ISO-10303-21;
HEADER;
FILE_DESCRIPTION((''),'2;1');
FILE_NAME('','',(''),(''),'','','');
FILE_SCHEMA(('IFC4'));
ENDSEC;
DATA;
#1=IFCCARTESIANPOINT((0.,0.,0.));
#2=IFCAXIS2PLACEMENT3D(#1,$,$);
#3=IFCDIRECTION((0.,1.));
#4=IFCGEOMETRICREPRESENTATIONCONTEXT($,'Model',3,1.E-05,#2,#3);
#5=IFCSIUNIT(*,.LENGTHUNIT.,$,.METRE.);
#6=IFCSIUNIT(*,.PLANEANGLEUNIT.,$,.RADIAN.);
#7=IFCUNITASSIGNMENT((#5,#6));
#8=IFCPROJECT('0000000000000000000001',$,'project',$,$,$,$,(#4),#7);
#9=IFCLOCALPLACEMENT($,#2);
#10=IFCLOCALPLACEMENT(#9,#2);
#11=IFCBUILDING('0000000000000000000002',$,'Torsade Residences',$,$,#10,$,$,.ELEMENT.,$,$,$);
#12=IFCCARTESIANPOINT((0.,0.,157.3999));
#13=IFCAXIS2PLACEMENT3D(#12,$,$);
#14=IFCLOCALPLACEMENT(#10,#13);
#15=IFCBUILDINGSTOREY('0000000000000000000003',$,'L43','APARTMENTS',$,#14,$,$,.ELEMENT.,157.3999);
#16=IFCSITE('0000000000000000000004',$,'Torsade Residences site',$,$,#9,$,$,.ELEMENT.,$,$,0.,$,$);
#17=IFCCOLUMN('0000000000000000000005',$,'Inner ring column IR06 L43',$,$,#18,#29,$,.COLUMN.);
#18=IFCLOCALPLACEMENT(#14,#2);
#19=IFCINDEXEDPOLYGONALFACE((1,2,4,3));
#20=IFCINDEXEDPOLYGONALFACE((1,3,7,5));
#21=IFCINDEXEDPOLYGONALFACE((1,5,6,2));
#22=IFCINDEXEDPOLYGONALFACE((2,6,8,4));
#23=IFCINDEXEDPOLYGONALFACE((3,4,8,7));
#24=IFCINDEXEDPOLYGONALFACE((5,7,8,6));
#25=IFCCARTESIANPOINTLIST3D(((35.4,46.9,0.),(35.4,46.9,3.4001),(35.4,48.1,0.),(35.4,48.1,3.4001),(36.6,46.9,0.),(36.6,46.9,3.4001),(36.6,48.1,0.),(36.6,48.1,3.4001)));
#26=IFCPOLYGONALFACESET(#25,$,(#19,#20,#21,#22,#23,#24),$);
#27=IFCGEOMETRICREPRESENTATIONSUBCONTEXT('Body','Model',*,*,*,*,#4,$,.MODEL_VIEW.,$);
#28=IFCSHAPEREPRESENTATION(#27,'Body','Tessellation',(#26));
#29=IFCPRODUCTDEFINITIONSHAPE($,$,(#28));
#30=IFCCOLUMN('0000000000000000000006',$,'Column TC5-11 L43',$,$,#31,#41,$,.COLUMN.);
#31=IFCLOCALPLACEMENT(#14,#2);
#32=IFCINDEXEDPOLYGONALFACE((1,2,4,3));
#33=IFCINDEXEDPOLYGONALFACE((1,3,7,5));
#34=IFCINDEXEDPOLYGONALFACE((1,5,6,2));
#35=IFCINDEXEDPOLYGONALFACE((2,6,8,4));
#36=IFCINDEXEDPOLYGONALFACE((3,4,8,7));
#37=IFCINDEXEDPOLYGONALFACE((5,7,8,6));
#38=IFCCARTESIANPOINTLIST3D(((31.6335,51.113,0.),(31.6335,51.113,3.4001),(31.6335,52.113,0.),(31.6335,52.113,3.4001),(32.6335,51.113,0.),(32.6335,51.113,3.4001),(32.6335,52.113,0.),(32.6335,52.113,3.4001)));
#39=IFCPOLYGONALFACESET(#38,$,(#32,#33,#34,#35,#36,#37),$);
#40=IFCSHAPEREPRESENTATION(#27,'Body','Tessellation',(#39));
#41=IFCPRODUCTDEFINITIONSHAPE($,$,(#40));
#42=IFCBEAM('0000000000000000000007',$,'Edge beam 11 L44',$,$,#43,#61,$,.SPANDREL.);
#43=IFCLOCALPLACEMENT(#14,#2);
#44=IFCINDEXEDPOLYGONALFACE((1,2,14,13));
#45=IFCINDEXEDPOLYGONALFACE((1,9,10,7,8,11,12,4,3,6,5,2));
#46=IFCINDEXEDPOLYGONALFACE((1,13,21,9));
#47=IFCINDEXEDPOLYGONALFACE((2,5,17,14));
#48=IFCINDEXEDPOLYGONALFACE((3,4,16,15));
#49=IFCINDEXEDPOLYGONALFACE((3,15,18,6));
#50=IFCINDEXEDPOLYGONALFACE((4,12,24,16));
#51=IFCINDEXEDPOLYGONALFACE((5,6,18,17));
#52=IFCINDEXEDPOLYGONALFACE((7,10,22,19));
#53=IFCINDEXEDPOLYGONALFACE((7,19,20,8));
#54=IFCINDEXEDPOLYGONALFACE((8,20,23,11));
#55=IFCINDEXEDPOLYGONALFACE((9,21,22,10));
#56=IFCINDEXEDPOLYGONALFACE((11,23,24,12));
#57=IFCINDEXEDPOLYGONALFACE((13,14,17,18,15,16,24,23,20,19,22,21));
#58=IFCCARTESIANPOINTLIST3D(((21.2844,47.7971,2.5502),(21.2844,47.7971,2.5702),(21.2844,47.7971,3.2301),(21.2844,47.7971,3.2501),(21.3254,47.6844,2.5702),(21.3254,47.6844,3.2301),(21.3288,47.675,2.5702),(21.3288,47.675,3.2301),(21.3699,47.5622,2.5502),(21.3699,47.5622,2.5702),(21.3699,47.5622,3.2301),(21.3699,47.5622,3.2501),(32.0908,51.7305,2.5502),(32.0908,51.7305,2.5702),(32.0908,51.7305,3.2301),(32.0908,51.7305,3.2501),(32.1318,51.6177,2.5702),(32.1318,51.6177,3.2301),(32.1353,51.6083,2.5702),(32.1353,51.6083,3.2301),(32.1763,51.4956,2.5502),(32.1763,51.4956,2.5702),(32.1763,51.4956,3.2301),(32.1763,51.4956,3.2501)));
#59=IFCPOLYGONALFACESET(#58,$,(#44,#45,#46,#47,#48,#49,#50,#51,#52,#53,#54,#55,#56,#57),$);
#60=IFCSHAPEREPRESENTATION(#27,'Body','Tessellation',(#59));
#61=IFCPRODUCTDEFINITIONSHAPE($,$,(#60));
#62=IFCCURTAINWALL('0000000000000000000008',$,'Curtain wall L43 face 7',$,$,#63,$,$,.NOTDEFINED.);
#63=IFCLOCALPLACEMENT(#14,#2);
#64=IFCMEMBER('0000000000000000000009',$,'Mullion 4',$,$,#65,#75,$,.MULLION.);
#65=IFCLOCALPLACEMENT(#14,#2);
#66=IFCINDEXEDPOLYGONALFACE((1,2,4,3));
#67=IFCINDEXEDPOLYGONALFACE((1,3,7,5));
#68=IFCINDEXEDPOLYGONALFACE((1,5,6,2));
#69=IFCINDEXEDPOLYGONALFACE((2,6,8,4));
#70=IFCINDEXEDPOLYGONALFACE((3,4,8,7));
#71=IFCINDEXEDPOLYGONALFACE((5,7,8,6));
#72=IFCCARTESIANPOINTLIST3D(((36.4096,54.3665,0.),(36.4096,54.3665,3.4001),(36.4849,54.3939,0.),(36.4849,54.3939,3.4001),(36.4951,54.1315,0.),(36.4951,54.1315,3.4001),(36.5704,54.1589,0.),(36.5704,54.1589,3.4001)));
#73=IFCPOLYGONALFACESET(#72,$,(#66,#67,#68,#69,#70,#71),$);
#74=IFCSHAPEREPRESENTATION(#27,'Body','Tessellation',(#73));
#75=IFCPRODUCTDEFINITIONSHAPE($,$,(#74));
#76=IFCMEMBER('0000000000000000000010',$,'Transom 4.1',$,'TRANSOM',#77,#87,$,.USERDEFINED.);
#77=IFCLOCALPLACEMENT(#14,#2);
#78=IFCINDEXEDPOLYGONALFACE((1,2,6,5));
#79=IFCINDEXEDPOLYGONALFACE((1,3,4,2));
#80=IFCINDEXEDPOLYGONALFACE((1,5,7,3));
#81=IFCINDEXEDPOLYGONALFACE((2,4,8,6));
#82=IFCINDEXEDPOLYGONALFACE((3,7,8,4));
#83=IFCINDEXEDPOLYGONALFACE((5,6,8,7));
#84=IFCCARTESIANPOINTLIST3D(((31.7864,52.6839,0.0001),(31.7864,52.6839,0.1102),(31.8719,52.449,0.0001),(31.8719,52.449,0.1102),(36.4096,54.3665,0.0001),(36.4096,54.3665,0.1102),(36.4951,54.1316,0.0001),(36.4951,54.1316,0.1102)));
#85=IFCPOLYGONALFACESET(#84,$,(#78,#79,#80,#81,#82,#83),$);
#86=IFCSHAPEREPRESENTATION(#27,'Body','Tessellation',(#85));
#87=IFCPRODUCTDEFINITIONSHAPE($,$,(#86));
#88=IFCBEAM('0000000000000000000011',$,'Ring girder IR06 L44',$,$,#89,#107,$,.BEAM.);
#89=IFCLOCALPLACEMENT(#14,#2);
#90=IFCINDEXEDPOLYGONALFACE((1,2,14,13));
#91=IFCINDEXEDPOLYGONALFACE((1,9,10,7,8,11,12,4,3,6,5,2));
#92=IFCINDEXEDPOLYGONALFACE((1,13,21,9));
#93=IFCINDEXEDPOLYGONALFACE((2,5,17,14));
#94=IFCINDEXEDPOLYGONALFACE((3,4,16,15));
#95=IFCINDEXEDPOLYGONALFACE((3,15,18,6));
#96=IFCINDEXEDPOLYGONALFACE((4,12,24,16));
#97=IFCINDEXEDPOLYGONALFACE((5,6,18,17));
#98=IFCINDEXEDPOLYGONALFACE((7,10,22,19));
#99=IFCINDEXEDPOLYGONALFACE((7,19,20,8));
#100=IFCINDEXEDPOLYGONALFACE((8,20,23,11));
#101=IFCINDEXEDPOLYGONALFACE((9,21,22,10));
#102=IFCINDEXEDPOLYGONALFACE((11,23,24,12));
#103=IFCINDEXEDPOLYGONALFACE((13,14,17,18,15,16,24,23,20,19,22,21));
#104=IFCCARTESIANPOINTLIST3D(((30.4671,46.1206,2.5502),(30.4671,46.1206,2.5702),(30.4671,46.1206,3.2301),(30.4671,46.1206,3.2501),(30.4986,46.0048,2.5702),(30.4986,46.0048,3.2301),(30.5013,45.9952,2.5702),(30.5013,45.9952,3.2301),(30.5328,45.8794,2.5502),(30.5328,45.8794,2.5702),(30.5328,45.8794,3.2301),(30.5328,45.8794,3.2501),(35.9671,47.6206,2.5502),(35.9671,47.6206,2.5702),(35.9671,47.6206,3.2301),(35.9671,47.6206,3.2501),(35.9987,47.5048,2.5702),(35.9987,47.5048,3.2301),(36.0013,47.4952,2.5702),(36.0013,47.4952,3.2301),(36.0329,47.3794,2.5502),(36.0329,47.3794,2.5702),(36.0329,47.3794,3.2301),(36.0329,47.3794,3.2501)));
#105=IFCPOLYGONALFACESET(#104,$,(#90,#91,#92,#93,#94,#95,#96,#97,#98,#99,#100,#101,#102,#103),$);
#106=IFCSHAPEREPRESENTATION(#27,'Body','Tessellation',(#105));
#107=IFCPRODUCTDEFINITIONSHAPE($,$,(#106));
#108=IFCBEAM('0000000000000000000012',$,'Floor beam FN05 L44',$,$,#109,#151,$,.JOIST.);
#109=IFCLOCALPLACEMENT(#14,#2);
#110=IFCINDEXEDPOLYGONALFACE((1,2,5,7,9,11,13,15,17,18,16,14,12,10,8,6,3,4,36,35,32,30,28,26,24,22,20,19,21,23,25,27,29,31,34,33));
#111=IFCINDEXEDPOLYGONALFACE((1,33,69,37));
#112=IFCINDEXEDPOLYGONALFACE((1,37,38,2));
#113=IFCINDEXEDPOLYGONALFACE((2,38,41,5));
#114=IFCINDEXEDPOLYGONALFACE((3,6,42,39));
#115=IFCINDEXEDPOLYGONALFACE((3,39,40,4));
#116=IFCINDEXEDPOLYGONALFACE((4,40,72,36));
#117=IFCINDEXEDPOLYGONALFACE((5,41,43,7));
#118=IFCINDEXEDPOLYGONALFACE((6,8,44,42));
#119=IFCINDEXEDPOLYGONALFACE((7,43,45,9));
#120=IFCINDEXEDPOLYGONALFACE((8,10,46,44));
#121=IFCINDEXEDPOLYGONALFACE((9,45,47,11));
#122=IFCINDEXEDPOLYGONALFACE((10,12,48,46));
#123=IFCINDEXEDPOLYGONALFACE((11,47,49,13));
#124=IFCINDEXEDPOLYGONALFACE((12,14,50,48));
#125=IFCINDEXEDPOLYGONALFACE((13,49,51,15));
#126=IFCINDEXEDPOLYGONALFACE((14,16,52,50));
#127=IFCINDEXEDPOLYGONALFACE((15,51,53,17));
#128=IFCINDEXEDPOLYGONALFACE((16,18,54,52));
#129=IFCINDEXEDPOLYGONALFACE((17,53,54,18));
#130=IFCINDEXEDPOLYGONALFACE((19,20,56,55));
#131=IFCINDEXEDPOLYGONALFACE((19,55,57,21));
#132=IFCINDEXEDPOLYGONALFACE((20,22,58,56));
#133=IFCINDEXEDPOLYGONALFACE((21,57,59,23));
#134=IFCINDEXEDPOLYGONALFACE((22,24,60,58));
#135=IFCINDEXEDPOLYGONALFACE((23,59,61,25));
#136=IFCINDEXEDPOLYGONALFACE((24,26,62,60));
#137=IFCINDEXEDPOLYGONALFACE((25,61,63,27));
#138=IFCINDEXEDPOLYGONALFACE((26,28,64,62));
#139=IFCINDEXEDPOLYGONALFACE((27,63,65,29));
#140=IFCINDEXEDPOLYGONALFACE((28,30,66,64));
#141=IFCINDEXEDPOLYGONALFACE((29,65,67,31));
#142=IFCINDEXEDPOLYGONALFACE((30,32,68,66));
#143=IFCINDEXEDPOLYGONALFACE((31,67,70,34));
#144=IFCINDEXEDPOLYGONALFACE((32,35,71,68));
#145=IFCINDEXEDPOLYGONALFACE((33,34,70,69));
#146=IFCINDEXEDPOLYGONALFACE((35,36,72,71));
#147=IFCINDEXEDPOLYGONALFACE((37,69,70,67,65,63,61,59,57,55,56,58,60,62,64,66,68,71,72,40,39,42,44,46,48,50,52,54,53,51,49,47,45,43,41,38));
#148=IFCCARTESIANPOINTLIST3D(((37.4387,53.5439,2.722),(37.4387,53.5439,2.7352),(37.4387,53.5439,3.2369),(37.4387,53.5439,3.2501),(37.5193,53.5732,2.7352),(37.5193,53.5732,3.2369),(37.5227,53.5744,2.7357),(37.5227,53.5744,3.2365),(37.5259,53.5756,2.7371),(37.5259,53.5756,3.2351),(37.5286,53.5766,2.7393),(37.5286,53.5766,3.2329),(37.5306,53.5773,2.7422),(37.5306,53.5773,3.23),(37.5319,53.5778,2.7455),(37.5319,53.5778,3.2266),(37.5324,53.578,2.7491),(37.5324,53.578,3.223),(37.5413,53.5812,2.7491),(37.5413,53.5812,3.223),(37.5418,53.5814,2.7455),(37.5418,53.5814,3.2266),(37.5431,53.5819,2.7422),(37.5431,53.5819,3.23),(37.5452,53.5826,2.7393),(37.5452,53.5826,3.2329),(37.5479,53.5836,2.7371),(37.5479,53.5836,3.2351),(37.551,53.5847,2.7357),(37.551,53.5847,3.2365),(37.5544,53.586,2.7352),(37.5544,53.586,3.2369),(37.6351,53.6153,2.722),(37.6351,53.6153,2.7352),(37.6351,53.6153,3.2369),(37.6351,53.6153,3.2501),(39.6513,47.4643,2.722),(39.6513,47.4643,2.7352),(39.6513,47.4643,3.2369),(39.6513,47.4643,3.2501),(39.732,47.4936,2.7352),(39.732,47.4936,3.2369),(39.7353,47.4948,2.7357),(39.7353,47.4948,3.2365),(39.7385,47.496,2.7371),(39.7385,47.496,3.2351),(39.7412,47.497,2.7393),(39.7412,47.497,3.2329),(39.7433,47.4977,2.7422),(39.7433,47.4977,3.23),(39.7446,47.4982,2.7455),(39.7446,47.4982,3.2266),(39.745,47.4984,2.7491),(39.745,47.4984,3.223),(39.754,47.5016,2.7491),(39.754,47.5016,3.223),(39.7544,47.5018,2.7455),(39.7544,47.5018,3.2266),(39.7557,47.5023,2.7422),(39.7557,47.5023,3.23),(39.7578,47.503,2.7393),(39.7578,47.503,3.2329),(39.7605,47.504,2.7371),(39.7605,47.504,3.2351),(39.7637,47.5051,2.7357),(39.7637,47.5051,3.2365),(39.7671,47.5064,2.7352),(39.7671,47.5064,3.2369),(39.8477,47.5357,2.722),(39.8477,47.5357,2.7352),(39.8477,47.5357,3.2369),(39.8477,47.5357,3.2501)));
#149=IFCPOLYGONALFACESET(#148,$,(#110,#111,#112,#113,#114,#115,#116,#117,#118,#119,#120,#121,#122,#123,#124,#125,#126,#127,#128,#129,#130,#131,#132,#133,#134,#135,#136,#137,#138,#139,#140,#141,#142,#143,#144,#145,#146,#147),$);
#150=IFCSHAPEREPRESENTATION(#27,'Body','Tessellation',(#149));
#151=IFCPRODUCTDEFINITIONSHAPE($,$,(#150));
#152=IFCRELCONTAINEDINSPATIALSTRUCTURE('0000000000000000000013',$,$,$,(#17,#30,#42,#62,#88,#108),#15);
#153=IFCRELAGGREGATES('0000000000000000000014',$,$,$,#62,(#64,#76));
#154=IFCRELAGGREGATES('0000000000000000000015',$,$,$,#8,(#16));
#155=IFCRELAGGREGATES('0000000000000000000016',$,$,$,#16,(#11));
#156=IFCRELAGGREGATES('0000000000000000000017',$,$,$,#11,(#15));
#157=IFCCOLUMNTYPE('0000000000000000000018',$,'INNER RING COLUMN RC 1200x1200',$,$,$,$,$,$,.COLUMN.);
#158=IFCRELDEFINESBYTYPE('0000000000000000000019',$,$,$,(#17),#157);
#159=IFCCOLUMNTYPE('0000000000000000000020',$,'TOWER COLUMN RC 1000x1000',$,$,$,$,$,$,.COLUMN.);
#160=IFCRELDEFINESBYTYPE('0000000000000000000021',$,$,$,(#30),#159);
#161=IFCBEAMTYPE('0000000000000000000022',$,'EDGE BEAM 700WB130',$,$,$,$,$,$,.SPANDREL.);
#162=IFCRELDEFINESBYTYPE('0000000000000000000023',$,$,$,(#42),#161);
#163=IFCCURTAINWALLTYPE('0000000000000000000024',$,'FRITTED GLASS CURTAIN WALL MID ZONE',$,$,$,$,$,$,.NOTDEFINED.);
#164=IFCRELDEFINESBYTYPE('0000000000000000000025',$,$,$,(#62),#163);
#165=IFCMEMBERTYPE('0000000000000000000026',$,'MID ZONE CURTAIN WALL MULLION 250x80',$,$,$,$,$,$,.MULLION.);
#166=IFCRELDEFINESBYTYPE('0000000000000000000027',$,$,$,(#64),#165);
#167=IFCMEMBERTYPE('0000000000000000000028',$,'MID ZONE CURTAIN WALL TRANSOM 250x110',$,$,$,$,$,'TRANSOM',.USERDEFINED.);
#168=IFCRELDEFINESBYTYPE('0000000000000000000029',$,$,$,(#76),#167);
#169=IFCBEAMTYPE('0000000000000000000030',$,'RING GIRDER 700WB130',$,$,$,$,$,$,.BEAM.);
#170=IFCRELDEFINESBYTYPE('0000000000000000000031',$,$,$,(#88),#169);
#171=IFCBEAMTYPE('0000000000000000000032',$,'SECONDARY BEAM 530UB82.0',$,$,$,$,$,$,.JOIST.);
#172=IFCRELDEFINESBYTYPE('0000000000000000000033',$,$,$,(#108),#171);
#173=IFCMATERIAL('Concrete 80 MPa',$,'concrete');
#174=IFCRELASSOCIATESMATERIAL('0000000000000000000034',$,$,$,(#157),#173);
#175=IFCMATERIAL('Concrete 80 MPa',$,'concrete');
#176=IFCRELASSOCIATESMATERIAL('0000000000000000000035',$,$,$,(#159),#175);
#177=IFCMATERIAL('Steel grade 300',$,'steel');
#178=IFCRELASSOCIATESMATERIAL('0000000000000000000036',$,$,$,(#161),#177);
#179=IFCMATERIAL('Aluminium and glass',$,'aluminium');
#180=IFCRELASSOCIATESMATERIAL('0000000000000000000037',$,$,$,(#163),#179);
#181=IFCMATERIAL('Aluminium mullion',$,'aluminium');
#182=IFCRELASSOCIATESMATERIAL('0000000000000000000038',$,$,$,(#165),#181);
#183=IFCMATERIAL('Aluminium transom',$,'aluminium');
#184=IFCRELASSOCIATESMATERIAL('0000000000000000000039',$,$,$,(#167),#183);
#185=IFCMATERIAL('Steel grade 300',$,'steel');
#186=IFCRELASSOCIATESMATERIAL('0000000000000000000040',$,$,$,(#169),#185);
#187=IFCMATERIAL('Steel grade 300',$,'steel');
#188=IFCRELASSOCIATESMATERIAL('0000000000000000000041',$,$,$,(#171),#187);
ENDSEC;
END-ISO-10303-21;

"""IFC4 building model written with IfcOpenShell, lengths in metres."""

from ifc_helpers import new_model, si_unit, direction, frame, origin, origin_2d, place, context, subcontext, project, spatial, rectangle, i_section, extrude, material, material_profile, profile_set, type_object, element, aggregate, save


model = new_model("IFC4")

# Units and contexts
model_context = context("Model", 3, precision=1e-05, world=origin(), true_north=direction((0.0, 1.0)))
body_context = subcontext(model_context, "Body", "Model", "MODEL_VIEW")
ifc_project = project(units=[si_unit("LENGTHUNIT", "METRE"), si_unit("PLANEANGLEUNIT", "RADIAN")], contexts=[model_context])

# Site, building, storey
site_placement = place(None, origin())
site = spatial("IfcSite", under=ifc_project, at=site_placement, Name="Torsade Residences site", CompositionType="ELEMENT", RefElevation=0.0)
building_placement = place(site_placement, origin())
building = spatial("IfcBuilding", under=site, at=building_placement, Name="Torsade Residences", CompositionType="ELEMENT")
storey_placement = place(building_placement, frame((0.0, 0.0, 157.3999)))
storey = spatial("IfcBuildingStorey", under=building, at=storey_placement, Name="L43", Description="APARTMENTS", CompositionType="ELEMENT", Elevation=157.3999)

# Columns
ifc_material_1 = material(Name="Concrete 80 MPa", Category="concrete")
ifc_material_profile_1 = material_profile(ifc_material_1, rectangle(XDim=1.2, YDim=1.2, at=origin_2d()), Name="RC 1200x1200")
ifc_profile_set_1 = profile_set([ifc_material_profile_1], Name="Concrete 80 MPa")
column_type_1 = type_object("IfcColumnType", Name="INNER RING COLUMN RC 1200x1200", PredefinedType="COLUMN", material=ifc_profile_set_1)
column_1_placement = place(storey_placement, frame((36.0, 47.5, 0.0), z_axis=(0.0, 0.0, 1.0), x_axis=(1.0, 0.0, 0.0)))
element("IfcColumn", 1, at=column_1_placement, inside=storey, type_object=column_type_1, Name="Inner ring column IR06 L43", PredefinedType="COLUMN", context=body_context, shape_type="SweptSolid", body=[
    extrude(rectangle(XDim=1.2, YDim=1.2, at=origin_2d()), origin(), (0.0, 0.0, 1.0), 3.4001),
])
ifc_material_2 = material(Name="Concrete 80 MPa", Category="concrete")
ifc_material_profile_2 = material_profile(ifc_material_2, rectangle(XDim=1.0, YDim=1.0, at=origin_2d()), Name="RC 1000x1000")
ifc_profile_set_2 = profile_set([ifc_material_profile_2], Name="Concrete 80 MPa")
column_type_2 = type_object("IfcColumnType", Name="TOWER COLUMN RC 1000x1000", PredefinedType="COLUMN", material=ifc_profile_set_2)
column_2_placement = place(storey_placement, frame((32.1335, 51.613, 0.0), z_axis=(0.0, 0.0, 1.0), x_axis=(1.0, 0.0, 0.0)))
element("IfcColumn", 2, at=column_2_placement, inside=storey, type_object=column_type_2, Name="Column TC5-11 L43", PredefinedType="COLUMN", context=body_context, shape_type="SweptSolid", body=[
    extrude(rectangle(XDim=1.0, YDim=1.0, at=origin_2d()), origin(), (0.0, 0.0, 1.0), 3.4001),
])

# Beam
ifc_material_3 = material(Name="Steel grade 300", Category="steel")
ifc_material_profile_3 = material_profile(ifc_material_3, i_section(OverallWidth=0.25, OverallDepth=0.7, WebThickness=0.01, FlangeThickness=0.02, at=origin_2d()), Name="700WB130")
ifc_profile_set_3 = profile_set([ifc_material_profile_3], Name="Steel grade 300")
beam_type_1 = type_object("IfcBeamType", Name="EDGE BEAM 700WB130", PredefinedType="SPANDREL", material=ifc_profile_set_3)
beam_1_placement = place(storey_placement, frame((32.1335, 51.613, 2.9001), z_axis=(-0.939689, -0.342031, 0.0), x_axis=(0.342031, -0.939689, 0.0)))
element("IfcBeam", 3, at=beam_1_placement, inside=storey, type_object=beam_type_1, Name="Edge beam 11 L44", PredefinedType="SPANDREL", context=body_context, shape_type="SweptSolid", body=[
    extrude(i_section(OverallWidth=0.25, OverallDepth=0.7, WebThickness=0.01, FlangeThickness=0.02, at=origin_2d()), origin(), (0.0, 0.0, 1.0), 11.5),
])

# Curtain wall, members
ifc_material_4 = material(Name="Aluminium and glass", Category="aluminium")
curtain_wall_type = type_object("IfcCurtainWallType", Name="FRITTED GLASS CURTAIN WALL MID ZONE", PredefinedType="NOTDEFINED", material=ifc_material_4)
curtain_wall_placement = place(storey_placement, origin())
curtain_wall = element("IfcCurtainWall", 4, at=curtain_wall_placement, inside=storey, type_object=curtain_wall_type, Name="Curtain wall L43 face 7", PredefinedType="NOTDEFINED")
ifc_material_5 = material(Name="Aluminium mullion", Category="aluminium")
ifc_material_profile_4 = material_profile(ifc_material_5, rectangle(XDim=0.25, YDim=0.0801, at=origin_2d()), Name="MID ZONE CURTAIN WALL MULLION 250x80")
ifc_profile_set_4 = profile_set([ifc_material_profile_4], Name="Aluminium mullion")
member_type_1 = type_object("IfcMemberType", Name="MID ZONE CURTAIN WALL MULLION 250x80", PredefinedType="MULLION", material=ifc_profile_set_4)
member_1_placement = place(storey_placement, frame((36.49, 54.2627, 0.0), z_axis=(0.0, 0.0, 1.0), x_axis=(0.34202, -0.939693, 0.0)))
member_1 = element("IfcMember", 5, at=member_1_placement, type_object=member_type_1, Name="Mullion 4", PredefinedType="MULLION", context=body_context, shape_type="SweptSolid", body=[
    extrude(rectangle(XDim=0.25, YDim=0.0801, at=origin_2d()), origin(), (0.0, 0.0, 1.0), 3.4001),
])
ifc_material_6 = material(Name="Aluminium transom", Category="aluminium")
ifc_material_profile_5 = material_profile(ifc_material_6, rectangle(XDim=0.25, YDim=0.1101, at=origin_2d()), Name="MID ZONE CURTAIN WALL TRANSOM 250x110")
ifc_profile_set_5 = profile_set([ifc_material_profile_5], Name="Aluminium transom")
member_type_2 = type_object("IfcMemberType", Name="MID ZONE CURTAIN WALL TRANSOM 250x110", ElementType="TRANSOM", PredefinedType="USERDEFINED", material=ifc_profile_set_5)
member_2_placement = place(storey_placement, frame((36.4524, 54.249, 0.0552), z_axis=(-0.939701, -0.341998, 0.0), x_axis=(0.341998, -0.939701, 0.0)))
member_2 = element("IfcMember", 6, at=member_2_placement, type_object=member_type_2, Name="Transom 4.1", ObjectType="TRANSOM", PredefinedType="USERDEFINED", context=body_context, shape_type="SweptSolid", body=[
    extrude(rectangle(XDim=0.25, YDim=0.1101, at=origin_2d()), origin(), (0.0, 0.0, 1.0), 4.9199),
])

# Beams
ifc_material_7 = material(Name="Steel grade 300", Category="steel")
ifc_material_profile_6 = material_profile(ifc_material_7, i_section(OverallWidth=0.25, OverallDepth=0.7, WebThickness=0.01, FlangeThickness=0.02, at=origin_2d()), Name="700WB130")
ifc_profile_set_6 = profile_set([ifc_material_profile_6], Name="Steel grade 300")
beam_type_2 = type_object("IfcBeamType", Name="RING GIRDER 700WB130", PredefinedType="BEAM", material=ifc_profile_set_6)
beam_2_placement = place(storey_placement, frame((36.0, 47.5, 2.9001), z_axis=(-0.964764, -0.263117, 0.0), x_axis=(0.263117, -0.964764, 0.0)))
element("IfcBeam", 7, at=beam_2_placement, inside=storey, type_object=beam_type_2, Name="Ring girder IR06 L44", PredefinedType="BEAM", context=body_context, shape_type="SweptSolid", body=[
    extrude(i_section(OverallWidth=0.25, OverallDepth=0.7, WebThickness=0.01, FlangeThickness=0.02, at=origin_2d()), origin(), (0.0, 0.0, 1.0), 5.7009),
])
ifc_material_8 = material(Name="Steel grade 300", Category="steel")
ifc_material_profile_7 = material_profile(ifc_material_8, i_section(OverallWidth=0.209, OverallDepth=0.5281, WebThickness=0.0095, FlangeThickness=0.0132, FilletRadius=0.0139, at=origin_2d()), Name="530UB82.0")
ifc_profile_set_7 = profile_set([ifc_material_profile_7], Name="Steel grade 300")
beam_type_3 = type_object("IfcBeamType", Name="SECONDARY BEAM 530UB82.0", PredefinedType="JOIST", material=ifc_profile_set_7)
beam_3_placement = place(storey_placement, frame((37.5369, 53.5796, 2.9861), z_axis=(0.342001, -0.9397, 0.0), x_axis=(0.9397, 0.342001, 0.0)))
element("IfcBeam", 8, at=beam_3_placement, inside=storey, type_object=beam_type_3, Name="Floor beam FN05 L44", PredefinedType="JOIST", context=body_context, shape_type="SweptSolid", body=[
    extrude(i_section(OverallWidth=0.209, OverallDepth=0.5281, WebThickness=0.0095, FlangeThickness=0.0132, FilletRadius=0.0139, at=origin_2d()), origin(), (0.0, 0.0, 1.0), 6.4697),
])

aggregate(curtain_wall, [member_1, member_2])

save(model, "model.ifc")
